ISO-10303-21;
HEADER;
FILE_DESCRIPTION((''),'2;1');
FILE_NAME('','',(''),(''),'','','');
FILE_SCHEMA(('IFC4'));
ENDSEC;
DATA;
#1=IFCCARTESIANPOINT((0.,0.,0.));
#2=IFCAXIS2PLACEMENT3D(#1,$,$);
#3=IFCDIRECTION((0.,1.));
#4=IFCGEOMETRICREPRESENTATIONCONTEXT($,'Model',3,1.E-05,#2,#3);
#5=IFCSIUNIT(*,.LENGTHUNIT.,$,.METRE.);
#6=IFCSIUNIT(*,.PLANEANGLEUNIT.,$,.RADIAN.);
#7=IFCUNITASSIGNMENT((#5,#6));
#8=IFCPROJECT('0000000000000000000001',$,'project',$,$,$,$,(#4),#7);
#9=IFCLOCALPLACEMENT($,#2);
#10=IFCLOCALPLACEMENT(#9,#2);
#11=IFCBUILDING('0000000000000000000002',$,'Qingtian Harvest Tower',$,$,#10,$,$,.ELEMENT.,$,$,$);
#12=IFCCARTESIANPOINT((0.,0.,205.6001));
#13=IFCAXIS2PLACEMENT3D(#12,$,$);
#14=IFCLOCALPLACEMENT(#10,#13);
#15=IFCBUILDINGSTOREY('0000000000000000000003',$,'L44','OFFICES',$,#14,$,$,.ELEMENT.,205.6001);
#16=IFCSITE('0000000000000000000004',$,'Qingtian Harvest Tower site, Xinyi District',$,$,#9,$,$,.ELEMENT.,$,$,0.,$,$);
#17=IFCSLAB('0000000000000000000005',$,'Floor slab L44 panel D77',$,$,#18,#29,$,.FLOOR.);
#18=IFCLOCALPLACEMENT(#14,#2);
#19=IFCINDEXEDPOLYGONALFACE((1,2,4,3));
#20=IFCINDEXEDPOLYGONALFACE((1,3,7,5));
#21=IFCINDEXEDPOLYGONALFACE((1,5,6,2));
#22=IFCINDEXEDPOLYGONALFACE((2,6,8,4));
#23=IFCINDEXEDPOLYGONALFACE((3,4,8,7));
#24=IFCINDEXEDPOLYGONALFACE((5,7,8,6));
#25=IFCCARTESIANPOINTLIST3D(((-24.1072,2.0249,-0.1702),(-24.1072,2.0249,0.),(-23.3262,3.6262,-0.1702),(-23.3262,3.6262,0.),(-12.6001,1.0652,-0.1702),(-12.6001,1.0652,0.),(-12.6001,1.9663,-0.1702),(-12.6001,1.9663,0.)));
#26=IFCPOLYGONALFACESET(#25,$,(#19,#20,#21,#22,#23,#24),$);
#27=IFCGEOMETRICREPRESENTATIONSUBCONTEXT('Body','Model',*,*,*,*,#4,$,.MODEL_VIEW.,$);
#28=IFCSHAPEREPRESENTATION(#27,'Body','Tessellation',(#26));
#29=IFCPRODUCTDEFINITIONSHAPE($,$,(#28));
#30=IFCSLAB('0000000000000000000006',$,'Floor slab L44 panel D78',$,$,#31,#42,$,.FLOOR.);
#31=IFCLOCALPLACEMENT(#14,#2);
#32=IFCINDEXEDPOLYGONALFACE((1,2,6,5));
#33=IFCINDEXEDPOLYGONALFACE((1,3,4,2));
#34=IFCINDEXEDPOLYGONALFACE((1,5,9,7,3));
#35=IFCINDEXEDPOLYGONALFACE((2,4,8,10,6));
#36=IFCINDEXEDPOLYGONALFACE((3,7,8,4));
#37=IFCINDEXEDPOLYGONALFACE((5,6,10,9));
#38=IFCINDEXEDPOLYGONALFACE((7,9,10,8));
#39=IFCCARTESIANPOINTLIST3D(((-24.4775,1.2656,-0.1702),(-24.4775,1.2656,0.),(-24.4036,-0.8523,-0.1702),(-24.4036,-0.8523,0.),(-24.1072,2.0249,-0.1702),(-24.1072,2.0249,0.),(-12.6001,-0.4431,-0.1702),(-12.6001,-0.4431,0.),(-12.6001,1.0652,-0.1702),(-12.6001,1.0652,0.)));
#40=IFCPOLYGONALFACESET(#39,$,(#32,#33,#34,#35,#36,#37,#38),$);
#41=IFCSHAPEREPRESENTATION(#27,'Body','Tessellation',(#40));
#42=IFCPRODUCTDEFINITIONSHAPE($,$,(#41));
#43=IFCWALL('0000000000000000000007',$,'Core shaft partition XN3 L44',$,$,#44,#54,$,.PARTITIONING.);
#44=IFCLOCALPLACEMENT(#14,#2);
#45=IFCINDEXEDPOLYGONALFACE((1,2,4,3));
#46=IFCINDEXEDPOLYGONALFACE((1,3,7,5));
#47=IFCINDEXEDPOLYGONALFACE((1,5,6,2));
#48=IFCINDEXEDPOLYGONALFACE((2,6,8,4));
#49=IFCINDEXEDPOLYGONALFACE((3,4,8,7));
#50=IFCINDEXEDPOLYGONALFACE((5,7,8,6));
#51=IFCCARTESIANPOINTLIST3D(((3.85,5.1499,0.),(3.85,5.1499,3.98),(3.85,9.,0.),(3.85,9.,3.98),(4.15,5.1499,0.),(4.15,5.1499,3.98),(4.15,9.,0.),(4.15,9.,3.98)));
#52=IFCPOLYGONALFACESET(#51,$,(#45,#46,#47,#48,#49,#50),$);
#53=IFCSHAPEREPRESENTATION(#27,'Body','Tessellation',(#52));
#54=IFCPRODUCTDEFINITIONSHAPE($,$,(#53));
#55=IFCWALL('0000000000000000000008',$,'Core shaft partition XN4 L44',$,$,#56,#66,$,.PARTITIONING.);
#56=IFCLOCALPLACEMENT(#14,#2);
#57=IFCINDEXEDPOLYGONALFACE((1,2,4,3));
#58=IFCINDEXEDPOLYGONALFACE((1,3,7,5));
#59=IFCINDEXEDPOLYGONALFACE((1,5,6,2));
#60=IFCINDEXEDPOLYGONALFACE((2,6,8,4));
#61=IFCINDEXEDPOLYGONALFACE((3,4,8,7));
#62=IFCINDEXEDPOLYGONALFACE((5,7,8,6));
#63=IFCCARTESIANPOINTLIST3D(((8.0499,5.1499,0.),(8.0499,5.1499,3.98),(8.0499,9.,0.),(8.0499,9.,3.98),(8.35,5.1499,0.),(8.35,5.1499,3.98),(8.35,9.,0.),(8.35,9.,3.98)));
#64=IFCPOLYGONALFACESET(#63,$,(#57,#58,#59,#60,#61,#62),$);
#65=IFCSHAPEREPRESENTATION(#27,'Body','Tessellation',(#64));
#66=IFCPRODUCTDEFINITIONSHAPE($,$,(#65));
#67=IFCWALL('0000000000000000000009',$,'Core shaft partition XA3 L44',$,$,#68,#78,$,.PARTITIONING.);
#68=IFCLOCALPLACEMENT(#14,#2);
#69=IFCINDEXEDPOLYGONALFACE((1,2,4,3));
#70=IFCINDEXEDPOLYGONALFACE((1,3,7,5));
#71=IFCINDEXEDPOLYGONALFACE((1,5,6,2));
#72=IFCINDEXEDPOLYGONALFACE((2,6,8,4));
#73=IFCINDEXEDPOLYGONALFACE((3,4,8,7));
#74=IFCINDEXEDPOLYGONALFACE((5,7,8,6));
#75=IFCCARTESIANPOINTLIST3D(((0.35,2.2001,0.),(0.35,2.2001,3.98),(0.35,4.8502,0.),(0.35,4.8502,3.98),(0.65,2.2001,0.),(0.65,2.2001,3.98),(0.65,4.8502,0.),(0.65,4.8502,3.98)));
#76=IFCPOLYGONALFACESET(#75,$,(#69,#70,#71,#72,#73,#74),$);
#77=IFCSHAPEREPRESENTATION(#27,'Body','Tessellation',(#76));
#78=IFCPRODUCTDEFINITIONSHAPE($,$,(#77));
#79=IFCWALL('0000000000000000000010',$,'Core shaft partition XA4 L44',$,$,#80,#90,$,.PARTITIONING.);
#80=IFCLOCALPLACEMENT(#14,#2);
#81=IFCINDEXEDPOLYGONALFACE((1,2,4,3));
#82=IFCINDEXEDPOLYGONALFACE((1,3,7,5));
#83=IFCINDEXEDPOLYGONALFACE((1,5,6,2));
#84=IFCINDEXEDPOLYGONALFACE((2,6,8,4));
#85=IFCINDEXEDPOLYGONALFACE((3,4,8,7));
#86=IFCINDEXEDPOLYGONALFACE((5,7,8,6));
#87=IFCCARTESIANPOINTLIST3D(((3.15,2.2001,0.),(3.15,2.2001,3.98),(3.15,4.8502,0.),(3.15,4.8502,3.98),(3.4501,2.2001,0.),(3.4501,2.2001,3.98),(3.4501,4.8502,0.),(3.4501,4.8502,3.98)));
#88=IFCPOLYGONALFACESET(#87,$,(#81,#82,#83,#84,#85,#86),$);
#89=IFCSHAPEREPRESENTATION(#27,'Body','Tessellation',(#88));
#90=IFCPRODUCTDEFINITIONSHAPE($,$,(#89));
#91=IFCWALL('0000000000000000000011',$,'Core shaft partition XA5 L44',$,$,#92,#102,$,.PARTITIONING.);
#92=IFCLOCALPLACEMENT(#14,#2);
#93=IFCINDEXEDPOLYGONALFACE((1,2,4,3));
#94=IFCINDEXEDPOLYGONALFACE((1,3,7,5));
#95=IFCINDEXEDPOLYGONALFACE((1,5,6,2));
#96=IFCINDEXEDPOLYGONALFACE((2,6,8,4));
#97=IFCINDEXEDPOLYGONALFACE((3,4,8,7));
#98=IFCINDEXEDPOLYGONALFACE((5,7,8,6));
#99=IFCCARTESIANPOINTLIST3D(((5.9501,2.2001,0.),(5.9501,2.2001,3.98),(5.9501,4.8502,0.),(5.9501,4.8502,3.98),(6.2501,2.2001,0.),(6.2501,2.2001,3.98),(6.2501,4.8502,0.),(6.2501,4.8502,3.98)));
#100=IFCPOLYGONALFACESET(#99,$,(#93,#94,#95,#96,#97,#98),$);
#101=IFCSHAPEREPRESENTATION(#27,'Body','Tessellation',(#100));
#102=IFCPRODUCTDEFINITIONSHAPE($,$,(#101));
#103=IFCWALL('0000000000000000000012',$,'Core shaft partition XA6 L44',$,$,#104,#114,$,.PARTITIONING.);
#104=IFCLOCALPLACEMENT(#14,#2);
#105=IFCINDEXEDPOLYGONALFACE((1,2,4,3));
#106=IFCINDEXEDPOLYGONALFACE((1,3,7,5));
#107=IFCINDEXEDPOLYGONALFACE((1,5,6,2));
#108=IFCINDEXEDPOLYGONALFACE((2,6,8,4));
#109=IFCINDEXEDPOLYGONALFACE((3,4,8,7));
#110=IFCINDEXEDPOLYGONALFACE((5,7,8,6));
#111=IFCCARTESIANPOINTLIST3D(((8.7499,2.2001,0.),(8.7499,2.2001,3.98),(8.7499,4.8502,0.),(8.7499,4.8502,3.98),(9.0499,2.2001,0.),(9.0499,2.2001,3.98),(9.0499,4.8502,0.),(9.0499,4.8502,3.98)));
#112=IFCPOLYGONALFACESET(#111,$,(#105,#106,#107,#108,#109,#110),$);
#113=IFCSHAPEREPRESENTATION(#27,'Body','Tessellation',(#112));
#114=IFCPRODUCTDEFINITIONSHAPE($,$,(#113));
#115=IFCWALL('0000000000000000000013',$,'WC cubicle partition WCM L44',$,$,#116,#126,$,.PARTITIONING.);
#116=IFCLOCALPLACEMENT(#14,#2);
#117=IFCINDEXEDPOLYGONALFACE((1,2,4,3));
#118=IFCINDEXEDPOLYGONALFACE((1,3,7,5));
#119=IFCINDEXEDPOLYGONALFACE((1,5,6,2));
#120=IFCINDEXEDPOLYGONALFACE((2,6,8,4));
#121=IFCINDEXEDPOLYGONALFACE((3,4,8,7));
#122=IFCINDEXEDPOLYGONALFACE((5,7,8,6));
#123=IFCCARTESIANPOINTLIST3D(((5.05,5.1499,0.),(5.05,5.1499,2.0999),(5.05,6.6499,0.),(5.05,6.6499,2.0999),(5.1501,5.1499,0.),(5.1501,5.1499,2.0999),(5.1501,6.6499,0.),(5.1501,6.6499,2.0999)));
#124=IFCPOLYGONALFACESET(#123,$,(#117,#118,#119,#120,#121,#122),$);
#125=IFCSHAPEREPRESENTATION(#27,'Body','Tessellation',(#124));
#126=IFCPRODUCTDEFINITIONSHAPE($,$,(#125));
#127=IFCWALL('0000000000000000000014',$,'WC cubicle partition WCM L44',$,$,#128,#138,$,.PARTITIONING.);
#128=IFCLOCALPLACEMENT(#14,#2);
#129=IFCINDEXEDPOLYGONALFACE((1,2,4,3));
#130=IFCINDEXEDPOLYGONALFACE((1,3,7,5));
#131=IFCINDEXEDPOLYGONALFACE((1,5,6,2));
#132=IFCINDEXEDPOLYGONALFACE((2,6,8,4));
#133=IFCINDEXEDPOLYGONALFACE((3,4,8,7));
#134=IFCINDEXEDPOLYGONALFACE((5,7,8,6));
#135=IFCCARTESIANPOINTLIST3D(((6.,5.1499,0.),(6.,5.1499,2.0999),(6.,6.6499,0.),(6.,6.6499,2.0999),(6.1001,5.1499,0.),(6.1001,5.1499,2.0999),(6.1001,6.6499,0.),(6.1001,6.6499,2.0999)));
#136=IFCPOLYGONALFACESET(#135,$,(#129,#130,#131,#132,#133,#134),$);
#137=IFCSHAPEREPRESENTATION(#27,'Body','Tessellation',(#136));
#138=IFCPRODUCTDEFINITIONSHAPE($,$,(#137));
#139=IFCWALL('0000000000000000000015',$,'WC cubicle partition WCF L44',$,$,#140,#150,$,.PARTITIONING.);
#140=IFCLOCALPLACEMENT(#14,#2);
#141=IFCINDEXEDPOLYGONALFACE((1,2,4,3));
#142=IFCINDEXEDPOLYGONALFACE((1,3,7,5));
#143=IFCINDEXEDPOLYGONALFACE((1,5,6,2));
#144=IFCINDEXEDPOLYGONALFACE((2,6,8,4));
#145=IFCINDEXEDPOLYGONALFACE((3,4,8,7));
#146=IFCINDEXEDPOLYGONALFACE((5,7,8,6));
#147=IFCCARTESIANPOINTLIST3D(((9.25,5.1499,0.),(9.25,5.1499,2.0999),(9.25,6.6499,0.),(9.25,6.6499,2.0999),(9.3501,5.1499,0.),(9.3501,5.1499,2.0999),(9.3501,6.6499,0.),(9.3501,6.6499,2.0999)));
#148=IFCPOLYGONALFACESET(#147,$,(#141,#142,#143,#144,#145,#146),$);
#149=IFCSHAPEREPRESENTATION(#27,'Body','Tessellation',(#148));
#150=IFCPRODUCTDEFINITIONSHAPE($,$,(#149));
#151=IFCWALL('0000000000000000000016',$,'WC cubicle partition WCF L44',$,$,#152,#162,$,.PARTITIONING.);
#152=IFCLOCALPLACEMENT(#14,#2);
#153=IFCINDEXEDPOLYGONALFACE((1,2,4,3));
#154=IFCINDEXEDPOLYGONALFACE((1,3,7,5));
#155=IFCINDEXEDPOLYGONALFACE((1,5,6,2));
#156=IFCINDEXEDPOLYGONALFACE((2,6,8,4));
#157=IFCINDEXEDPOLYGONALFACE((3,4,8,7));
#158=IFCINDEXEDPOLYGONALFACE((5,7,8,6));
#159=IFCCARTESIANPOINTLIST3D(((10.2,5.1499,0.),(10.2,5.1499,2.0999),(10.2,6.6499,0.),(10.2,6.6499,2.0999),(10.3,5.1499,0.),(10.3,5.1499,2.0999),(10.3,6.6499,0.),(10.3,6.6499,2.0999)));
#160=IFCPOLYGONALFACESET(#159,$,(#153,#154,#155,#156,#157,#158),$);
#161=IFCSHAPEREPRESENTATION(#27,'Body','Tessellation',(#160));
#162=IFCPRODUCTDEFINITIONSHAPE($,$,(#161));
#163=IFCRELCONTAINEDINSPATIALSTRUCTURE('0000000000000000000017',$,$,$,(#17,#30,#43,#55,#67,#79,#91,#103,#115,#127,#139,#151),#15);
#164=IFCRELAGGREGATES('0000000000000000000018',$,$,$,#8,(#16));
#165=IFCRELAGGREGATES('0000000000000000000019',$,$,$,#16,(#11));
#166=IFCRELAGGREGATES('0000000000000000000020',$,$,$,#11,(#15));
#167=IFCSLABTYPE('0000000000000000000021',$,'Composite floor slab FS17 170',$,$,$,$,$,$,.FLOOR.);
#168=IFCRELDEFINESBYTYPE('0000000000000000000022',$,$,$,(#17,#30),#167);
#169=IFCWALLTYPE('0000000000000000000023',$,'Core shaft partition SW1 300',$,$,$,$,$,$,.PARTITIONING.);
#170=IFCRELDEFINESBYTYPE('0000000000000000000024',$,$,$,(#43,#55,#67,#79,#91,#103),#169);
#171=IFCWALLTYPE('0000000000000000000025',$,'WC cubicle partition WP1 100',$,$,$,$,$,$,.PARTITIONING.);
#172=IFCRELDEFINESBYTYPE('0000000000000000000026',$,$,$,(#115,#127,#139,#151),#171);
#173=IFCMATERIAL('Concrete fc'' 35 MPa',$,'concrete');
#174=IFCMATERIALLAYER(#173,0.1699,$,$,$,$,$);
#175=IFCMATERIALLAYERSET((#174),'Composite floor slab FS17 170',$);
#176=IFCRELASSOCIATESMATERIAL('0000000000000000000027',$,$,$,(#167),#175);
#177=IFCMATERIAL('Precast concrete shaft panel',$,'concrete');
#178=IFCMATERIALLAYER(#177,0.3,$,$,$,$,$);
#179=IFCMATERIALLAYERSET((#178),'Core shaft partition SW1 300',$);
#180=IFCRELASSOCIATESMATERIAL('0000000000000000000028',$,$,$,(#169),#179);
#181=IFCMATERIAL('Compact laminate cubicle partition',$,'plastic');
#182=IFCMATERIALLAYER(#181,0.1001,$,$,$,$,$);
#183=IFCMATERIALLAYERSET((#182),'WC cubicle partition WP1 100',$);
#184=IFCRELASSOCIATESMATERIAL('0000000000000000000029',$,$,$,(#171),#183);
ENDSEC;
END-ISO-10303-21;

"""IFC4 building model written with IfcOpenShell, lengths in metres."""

from ifc_helpers import new_model, si_unit, direction, frame, frame_2d, origin, place, context, subcontext, project, spatial, polyline, rectangle, outline, extrude, material, layer, layer_set, type_object, element, save


model = new_model("IFC4")

# Units and contexts
model_context = context("Model", 3, precision=1e-05, world=origin(), true_north=direction((0.0, 1.0)))
body_context = subcontext(model_context, "Body", "Model", "MODEL_VIEW")
ifc_project = project(units=[si_unit("LENGTHUNIT", "METRE"), si_unit("PLANEANGLEUNIT", "RADIAN")], contexts=[model_context])

# Site, building, storey
site_placement = place(None, origin())
site = spatial("IfcSite", under=ifc_project, at=site_placement, Name="Qingtian Harvest Tower site, Xinyi District", CompositionType="ELEMENT", RefElevation=0.0)
building_placement = place(site_placement, origin())
building = spatial("IfcBuilding", under=site, at=building_placement, Name="Qingtian Harvest Tower", CompositionType="ELEMENT")
storey_placement = place(building_placement, frame((0.0, 0.0, 205.6001)))
storey = spatial("IfcBuildingStorey", under=building, at=storey_placement, Name="L44", Description="OFFICES", CompositionType="ELEMENT", Elevation=205.6001)

# Slabs
ifc_material_1 = material(Name="Concrete fc' 35 MPa", Category="concrete")
ifc_layer_1 = layer(ifc_material_1, 0.1699)
ifc_layer_set_1 = layer_set([ifc_layer_1], Name="Composite floor slab FS17 170")
slab_type = type_object("IfcSlabType", Name="Composite floor slab FS17 170", PredefinedType="FLOOR", material=ifc_layer_set_1)
slab_1_placement = place(storey_placement, frame((0.0, 0.0, -0.1702)))
element("IfcSlab", 1, at=slab_1_placement, inside=storey, type_object=slab_type, Name="Floor slab L44 panel D77", PredefinedType="FLOOR", context=body_context, shape_type="SweptSolid", body=[
    extrude(outline(polyline([(-12.6001, 1.0652), (-24.1072, 2.0249), (-23.3262, 3.6262), (-12.6001, 1.9663), (-12.6001, 1.0652)])), origin(), (0.0, 0.0, 1.0), 0.1702),
])
slab_2_placement = place(storey_placement, frame((0.0, 0.0, -0.1702)))
element("IfcSlab", 2, at=slab_2_placement, inside=storey, type_object=slab_type, Name="Floor slab L44 panel D78", PredefinedType="FLOOR", context=body_context, shape_type="SweptSolid", body=[
    extrude(outline(polyline([(-12.6001, 1.0652), (-12.6001, -0.4431), (-24.4036, -0.8523), (-24.4775, 1.2656), (-24.1072, 2.0249), (-12.6001, 1.0652)])), origin(), (0.0, 0.0, 1.0), 0.1702),
])

# Shared definitions
ifc_material_2 = material(Name="Precast concrete shaft panel", Category="concrete")
ifc_layer_2 = layer(ifc_material_2, 0.3)
ifc_layer_set_2 = layer_set([ifc_layer_2], Name="Core shaft partition SW1 300")
wall_type_1 = type_object("IfcWallType", Name="Core shaft partition SW1 300", PredefinedType="PARTITIONING", material=ifc_layer_set_2)

# Walls
for number, where, z_axis, x_axis, name in (
    (3, (4.0, 5.1499, 0.0), (0.0, 0.0, 1.0), (0.0, 1.0, 0.0), "Core shaft partition XN3 L44"),
    (4, (8.2, 5.1499, 0.0), (0.0, 0.0, 1.0), (0.0, 1.0, 0.0), "Core shaft partition XN4 L44"),
):
    element("IfcWall", number, at=place(storey_placement, frame(where, z_axis=z_axis, x_axis=x_axis)), inside=storey, type_object=wall_type_1, Name=name, PredefinedType="PARTITIONING", context=body_context, shape_type="SweptSolid", body=[
        extrude(rectangle(XDim=3.8501, YDim=0.3, at=frame_2d((1.925, 0.0))), origin(), (0.0, 0.0, 1.0), 3.98),
    ])
for number, where, z_axis, x_axis, name in (
    (5, (0.5, 2.2, 0.0), (0.0, 0.0, 1.0), (0.0, 1.0, 0.0), "Core shaft partition XA3 L44"),
    (6, (3.3, 2.2, 0.0), (0.0, 0.0, 1.0), (0.0, 1.0, 0.0), "Core shaft partition XA4 L44"),
    (7, (6.1001, 2.2, 0.0), (0.0, 0.0, 1.0), (0.0, 1.0, 0.0), "Core shaft partition XA5 L44"),
    (8, (8.8999, 2.2, 0.0), (0.0, 0.0, 1.0), (0.0, 1.0, 0.0), "Core shaft partition XA6 L44"),
):
    element("IfcWall", number, at=place(storey_placement, frame(where, z_axis=z_axis, x_axis=x_axis)), inside=storey, type_object=wall_type_1, Name=name, PredefinedType="PARTITIONING", context=body_context, shape_type="SweptSolid", body=[
        extrude(rectangle(XDim=2.6501, YDim=0.3, at=frame_2d((1.3252, 0.0))), origin(), (0.0, 0.0, 1.0), 3.98),
    ])

# Walls
ifc_material_3 = material(Name="Compact laminate cubicle partition", Category="plastic")
ifc_layer_3 = layer(ifc_material_3, 0.1001)
ifc_layer_set_3 = layer_set([ifc_layer_3], Name="WC cubicle partition WP1 100")
wall_type_2 = type_object("IfcWallType", Name="WC cubicle partition WP1 100", PredefinedType="PARTITIONING", material=ifc_layer_set_3)
for number, where, z_axis, x_axis, name in (
    (9, (5.1001, 5.1499, 0.0), (0.0, 0.0, 1.0), (0.0, 1.0, 0.0), "WC cubicle partition WCM L44"),
    (10, (6.05, 5.1499, 0.0), (0.0, 0.0, 1.0), (0.0, 1.0, 0.0), "WC cubicle partition WCM L44"),
    (11, (9.3, 5.1499, 0.0), (0.0, 0.0, 1.0), (0.0, 1.0, 0.0), "WC cubicle partition WCF L44"),
    (12, (10.25, 5.1499, 0.0), (0.0, 0.0, 1.0), (0.0, 1.0, 0.0), "WC cubicle partition WCF L44"),
):
    element("IfcWall", number, at=place(storey_placement, frame(where, z_axis=z_axis, x_axis=x_axis)), inside=storey, type_object=wall_type_2, Name=name, PredefinedType="PARTITIONING", context=body_context, shape_type="SweptSolid", body=[
        extrude(rectangle(XDim=1.5, YDim=0.1001, at=frame_2d((0.75, 0.0))), origin(), (0.0, 0.0, 1.0), 2.0999),
    ])

save(model, "model.ifc")
